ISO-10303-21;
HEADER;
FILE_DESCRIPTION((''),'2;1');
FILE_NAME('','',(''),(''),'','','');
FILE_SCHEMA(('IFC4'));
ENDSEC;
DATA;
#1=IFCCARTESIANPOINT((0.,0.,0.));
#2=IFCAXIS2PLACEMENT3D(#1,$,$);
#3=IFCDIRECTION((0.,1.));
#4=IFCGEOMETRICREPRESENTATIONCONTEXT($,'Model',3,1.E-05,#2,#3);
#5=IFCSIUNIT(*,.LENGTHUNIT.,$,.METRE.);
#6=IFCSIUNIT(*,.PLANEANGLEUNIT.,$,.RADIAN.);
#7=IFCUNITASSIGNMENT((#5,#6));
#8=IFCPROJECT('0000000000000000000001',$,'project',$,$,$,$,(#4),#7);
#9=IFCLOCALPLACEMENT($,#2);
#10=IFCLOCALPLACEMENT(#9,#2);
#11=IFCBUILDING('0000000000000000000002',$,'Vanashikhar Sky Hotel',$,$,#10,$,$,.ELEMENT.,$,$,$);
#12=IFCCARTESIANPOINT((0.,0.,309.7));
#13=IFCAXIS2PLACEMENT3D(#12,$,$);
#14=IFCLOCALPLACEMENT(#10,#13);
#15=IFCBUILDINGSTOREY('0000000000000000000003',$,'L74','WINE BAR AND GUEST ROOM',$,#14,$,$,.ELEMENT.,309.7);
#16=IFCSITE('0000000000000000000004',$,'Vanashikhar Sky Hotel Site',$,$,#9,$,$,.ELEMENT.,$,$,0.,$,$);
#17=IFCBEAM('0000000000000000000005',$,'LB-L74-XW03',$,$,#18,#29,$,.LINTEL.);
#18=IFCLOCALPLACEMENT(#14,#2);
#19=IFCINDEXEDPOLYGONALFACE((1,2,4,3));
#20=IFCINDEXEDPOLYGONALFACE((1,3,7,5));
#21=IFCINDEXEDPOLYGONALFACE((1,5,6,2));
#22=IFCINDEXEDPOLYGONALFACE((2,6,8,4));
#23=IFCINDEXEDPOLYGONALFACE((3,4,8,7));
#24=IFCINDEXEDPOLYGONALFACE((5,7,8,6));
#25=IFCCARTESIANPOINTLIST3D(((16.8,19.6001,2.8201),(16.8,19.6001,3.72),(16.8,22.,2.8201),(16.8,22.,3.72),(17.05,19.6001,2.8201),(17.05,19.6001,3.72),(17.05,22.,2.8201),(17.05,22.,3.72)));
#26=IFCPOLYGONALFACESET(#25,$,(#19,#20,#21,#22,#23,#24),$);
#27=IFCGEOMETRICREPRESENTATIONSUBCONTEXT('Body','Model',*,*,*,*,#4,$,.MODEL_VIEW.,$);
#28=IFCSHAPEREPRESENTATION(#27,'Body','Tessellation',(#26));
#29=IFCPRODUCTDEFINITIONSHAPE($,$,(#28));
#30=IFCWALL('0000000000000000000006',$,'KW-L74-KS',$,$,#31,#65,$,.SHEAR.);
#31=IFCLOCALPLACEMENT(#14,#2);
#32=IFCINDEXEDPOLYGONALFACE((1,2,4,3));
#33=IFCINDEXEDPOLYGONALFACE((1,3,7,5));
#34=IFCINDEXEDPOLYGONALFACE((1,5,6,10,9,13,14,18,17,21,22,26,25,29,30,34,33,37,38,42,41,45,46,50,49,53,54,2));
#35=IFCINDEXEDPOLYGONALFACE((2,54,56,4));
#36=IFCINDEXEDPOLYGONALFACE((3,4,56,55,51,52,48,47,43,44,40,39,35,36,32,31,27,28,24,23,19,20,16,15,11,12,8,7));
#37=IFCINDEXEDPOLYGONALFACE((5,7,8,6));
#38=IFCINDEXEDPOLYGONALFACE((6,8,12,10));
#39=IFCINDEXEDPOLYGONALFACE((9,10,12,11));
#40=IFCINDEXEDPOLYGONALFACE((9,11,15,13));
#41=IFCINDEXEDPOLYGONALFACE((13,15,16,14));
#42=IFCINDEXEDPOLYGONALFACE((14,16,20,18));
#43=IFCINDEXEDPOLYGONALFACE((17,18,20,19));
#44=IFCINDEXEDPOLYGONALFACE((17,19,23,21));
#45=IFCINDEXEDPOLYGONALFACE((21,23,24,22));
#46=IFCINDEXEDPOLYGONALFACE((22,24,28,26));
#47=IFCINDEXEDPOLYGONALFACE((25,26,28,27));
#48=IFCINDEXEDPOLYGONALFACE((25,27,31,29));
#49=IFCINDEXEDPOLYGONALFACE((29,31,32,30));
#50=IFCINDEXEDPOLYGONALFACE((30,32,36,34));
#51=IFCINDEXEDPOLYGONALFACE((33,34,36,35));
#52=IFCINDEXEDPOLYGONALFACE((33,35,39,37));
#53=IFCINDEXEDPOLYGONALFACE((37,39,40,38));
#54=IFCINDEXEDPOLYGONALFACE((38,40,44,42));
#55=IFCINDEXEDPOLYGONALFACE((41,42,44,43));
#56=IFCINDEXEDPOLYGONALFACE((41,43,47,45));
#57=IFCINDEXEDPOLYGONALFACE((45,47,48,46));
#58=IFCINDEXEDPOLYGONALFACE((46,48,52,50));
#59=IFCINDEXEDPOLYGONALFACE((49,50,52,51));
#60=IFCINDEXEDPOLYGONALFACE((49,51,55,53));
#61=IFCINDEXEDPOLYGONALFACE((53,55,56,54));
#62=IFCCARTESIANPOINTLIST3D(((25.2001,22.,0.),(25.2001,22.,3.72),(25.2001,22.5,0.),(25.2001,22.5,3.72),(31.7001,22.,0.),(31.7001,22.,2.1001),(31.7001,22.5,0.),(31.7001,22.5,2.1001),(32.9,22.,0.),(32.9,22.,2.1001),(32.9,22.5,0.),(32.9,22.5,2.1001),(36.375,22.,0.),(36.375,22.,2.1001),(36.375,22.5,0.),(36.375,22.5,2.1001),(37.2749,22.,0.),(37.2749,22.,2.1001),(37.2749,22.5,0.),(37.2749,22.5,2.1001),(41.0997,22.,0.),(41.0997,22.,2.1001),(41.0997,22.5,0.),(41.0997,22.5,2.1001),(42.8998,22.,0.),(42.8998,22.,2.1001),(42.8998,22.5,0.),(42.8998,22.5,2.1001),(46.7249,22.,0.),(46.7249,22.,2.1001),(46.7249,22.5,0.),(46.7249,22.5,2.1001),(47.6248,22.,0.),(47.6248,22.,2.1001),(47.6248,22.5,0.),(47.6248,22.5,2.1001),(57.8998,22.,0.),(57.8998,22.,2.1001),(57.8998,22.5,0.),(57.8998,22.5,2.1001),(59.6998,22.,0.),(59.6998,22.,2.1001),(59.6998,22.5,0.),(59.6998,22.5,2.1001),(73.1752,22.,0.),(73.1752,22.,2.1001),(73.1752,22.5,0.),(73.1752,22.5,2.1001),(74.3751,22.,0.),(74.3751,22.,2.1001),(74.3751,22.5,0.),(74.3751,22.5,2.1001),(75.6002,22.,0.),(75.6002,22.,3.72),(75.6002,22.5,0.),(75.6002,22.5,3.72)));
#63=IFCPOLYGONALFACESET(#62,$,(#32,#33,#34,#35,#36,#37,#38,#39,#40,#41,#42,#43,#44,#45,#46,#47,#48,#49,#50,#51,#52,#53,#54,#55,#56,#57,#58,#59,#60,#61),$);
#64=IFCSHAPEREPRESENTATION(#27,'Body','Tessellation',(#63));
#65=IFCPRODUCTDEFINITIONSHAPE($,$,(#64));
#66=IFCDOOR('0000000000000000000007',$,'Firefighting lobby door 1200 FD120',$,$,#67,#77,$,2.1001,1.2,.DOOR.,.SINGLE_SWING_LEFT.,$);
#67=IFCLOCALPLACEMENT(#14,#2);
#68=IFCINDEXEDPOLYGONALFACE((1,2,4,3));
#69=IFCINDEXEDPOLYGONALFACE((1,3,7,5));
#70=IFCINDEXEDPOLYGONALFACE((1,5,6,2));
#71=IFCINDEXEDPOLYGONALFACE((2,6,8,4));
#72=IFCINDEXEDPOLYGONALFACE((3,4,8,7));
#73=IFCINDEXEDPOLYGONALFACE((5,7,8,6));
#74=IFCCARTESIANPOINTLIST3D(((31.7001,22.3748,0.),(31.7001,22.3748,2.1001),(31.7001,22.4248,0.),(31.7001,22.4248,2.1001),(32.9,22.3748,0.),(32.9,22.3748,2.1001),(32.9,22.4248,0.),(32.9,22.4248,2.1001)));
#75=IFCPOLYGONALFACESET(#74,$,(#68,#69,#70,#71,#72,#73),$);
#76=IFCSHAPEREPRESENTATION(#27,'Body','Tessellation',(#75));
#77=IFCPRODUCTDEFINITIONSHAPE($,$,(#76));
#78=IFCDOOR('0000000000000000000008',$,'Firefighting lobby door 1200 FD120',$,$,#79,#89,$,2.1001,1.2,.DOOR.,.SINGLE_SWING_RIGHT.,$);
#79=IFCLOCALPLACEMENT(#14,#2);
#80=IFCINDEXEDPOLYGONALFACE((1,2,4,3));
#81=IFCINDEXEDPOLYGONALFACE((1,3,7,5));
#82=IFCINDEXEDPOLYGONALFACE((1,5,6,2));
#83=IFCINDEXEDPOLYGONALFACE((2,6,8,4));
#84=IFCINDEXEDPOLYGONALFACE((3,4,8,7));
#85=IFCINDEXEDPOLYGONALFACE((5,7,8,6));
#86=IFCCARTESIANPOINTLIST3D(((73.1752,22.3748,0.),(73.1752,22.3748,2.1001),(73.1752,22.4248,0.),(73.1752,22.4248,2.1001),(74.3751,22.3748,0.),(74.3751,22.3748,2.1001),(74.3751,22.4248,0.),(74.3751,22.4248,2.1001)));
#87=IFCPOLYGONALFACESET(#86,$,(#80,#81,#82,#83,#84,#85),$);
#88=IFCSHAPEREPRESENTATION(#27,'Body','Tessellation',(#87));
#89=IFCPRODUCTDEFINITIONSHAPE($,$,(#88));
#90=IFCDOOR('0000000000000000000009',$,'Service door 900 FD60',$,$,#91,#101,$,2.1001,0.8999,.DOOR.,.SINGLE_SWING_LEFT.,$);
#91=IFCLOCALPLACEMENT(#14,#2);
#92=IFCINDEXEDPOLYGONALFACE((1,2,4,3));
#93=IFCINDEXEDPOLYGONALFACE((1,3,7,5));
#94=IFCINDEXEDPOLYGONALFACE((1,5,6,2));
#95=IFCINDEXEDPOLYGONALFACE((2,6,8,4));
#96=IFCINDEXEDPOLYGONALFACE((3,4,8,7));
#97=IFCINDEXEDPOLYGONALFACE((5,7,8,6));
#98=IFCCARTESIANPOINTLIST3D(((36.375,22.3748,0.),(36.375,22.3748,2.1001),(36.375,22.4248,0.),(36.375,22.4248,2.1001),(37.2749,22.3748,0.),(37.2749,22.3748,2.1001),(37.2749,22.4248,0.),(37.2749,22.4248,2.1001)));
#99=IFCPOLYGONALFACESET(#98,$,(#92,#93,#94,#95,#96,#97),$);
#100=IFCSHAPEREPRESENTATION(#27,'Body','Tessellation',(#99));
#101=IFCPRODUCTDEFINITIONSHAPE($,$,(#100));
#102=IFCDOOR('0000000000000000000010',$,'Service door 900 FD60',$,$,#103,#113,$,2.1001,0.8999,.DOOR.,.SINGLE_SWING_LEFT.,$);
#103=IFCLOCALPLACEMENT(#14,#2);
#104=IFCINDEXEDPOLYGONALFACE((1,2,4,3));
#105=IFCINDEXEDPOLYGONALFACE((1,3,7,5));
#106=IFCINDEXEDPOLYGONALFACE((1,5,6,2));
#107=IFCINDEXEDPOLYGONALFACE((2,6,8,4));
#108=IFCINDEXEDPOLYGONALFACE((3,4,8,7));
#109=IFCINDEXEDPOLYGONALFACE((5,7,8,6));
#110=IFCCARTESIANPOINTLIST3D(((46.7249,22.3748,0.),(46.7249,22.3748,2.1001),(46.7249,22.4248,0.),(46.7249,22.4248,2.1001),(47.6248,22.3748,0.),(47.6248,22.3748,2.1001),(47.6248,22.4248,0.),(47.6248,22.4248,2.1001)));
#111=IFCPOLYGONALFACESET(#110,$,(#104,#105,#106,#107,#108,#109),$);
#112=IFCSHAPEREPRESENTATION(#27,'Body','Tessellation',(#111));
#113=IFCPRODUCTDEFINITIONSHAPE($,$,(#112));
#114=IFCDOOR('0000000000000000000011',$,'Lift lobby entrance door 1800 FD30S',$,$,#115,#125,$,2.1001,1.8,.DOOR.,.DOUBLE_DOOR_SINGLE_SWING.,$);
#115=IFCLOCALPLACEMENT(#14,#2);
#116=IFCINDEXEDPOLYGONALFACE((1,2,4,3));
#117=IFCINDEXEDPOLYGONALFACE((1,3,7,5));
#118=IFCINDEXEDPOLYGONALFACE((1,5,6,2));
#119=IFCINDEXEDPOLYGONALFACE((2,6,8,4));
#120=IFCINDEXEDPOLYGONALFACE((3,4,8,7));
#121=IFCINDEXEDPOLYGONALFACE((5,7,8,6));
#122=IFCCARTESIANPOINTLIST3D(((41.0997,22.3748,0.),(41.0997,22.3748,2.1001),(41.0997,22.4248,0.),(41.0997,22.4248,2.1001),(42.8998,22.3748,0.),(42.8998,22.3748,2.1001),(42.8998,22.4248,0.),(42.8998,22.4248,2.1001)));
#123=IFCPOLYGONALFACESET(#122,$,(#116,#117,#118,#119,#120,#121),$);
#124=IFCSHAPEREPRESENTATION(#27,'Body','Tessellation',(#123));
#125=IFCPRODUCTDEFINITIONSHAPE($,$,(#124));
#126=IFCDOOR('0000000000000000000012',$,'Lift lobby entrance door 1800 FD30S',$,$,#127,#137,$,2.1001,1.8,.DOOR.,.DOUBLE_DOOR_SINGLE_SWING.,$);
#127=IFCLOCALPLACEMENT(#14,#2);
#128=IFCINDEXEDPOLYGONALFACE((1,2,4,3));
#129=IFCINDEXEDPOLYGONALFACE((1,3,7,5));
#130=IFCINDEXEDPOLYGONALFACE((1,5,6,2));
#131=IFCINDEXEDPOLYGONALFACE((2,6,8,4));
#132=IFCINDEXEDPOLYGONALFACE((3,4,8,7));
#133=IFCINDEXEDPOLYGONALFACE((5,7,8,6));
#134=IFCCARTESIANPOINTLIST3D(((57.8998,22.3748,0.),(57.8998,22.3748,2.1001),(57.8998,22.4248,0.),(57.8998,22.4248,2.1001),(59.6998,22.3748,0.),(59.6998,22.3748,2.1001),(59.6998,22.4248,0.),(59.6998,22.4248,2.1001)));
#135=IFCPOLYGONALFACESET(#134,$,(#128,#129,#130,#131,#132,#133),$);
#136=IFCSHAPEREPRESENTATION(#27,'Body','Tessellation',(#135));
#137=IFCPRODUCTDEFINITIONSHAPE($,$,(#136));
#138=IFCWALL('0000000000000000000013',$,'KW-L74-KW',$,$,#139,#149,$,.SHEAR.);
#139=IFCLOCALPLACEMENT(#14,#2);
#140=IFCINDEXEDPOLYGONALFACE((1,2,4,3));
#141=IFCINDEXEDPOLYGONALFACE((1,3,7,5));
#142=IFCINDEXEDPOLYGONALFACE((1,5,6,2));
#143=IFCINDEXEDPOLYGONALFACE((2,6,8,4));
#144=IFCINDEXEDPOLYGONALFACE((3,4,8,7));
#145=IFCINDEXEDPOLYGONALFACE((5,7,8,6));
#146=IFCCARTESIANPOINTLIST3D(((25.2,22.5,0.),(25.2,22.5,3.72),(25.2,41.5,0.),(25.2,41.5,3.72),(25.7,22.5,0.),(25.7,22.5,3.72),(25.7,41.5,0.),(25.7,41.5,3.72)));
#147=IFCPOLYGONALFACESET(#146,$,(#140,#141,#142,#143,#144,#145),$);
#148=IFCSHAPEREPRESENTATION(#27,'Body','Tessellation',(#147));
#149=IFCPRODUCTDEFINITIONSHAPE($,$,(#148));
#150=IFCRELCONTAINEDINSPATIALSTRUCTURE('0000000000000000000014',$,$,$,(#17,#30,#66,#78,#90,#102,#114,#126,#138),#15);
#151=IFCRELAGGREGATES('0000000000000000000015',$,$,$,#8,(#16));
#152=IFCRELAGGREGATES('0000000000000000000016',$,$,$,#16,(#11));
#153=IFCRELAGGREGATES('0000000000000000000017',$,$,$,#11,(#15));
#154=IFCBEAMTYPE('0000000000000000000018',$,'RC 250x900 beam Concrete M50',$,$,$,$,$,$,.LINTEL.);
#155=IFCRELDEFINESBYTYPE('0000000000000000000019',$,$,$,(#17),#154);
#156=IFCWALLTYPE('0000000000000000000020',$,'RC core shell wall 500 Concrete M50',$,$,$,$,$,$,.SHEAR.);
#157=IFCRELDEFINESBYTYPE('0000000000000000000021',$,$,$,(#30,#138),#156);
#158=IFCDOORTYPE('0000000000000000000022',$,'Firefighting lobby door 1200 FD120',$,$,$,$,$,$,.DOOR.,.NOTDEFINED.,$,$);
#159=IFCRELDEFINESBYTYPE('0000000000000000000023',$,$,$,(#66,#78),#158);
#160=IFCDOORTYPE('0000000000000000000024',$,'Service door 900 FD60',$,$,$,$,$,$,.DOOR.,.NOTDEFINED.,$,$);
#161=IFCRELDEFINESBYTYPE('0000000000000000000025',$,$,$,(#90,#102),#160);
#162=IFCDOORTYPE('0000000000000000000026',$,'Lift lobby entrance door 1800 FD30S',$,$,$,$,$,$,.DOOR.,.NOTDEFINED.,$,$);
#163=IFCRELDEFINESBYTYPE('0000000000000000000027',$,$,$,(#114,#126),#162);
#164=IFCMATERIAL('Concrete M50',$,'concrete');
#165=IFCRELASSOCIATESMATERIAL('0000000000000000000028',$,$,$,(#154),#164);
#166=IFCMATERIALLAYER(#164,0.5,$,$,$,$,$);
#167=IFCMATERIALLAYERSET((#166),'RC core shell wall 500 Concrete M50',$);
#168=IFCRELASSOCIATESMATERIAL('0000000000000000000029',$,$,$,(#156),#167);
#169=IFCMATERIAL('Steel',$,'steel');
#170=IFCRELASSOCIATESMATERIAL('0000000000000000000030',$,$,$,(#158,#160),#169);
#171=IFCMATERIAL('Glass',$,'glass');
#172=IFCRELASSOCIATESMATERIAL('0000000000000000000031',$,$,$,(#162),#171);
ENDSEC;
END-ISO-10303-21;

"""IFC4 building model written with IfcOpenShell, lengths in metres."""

from ifc_helpers import new_model, si_unit, direction, frame, frame_2d, origin, origin_2d, place, context, subcontext, project, spatial, rectangle, extrude, source, transform, mapped, material, layer, layer_set, material_profile, profile_set, type_object, element, fill, save


model = new_model("IFC4")

# Units and contexts
model_context = context("Model", 3, precision=1e-05, world=origin(), true_north=direction((0.0, 1.0)))
body_context = subcontext(model_context, "Body", "Model", "MODEL_VIEW")
ifc_project = project(units=[si_unit("LENGTHUNIT", "METRE"), si_unit("PLANEANGLEUNIT", "RADIAN")], contexts=[model_context])

# Site, building, storey
site_placement = place(None, origin())
site = spatial("IfcSite", under=ifc_project, at=site_placement, Name="Vanashikhar Sky Hotel Site", CompositionType="ELEMENT", RefElevation=0.0)
building_placement = place(site_placement, origin())
building = spatial("IfcBuilding", under=site, at=building_placement, Name="Vanashikhar Sky Hotel", CompositionType="ELEMENT")
storey_placement = place(building_placement, frame((0.0, 0.0, 309.7)))
storey = spatial("IfcBuildingStorey", under=building, at=storey_placement, Name="L74", Description="WINE BAR AND GUEST ROOM", CompositionType="ELEMENT", Elevation=309.7)

# Beam
ifc_material_1 = material(Name="Concrete M50", Category="concrete")
ifc_material_profile = material_profile(ifc_material_1, rectangle(XDim=0.25, YDim=0.8999, at=origin_2d()))
ifc_profile_set = profile_set([ifc_material_profile], Name="RC 250x900 beam Concrete M50")
beam_type = type_object("IfcBeamType", Name="RC 250x900 beam Concrete M50", PredefinedType="LINTEL", material=ifc_profile_set)
shared_shape_1 = source(origin(), body_context, "Body", "SweptSolid", [
    extrude(rectangle(XDim=0.25, YDim=0.8999, at=origin_2d()), origin(), (0.0, 0.0, 1.0), 2.3999),
])
beam_placement = place(storey_placement, frame((16.925, 19.6001, 3.27), z_axis=(0.0, 1.0, 0.0), x_axis=(-1.0, 0.0, 0.0)))
element("IfcBeam", 1, at=beam_placement, inside=storey, type_object=beam_type, Name="LB-L74-XW03", PredefinedType="LINTEL", context=body_context, shape_type="MappedRepresentation", body=[
    mapped(shared_shape_1, transform((0.0, 0.0, 0.0), scale=1.0)),
])

# Wall, openings, doors
ifc_layer_1 = layer(ifc_material_1, 0.5)
ifc_layer_set_1 = layer_set([ifc_layer_1], Name="RC core shell wall 500 Concrete M50")
wall_type_1 = type_object("IfcWallType", Name="RC core shell wall 500 Concrete M50", PredefinedType="SHEAR", material=ifc_layer_set_1)
shared_shape_2 = source(origin(), body_context, "Body", "SweptSolid", [
    extrude(rectangle(XDim=50.4001, YDim=0.5, at=frame_2d((25.2002, 0.0))), origin(), (0.0, 0.0, 1.0), 3.72),
])
wall_1_placement = place(storey_placement, frame((25.2, 22.25, 0.0), z_axis=(0.0, 0.0, 1.0), x_axis=(1.0, 0.0, 0.0)))
wall_1 = element("IfcWall", 2, at=wall_1_placement, inside=storey, type_object=wall_type_1, Name="KW-L74-KS", PredefinedType="SHEAR", context=body_context, shape_type="MappedRepresentation", body=[
    mapped(shared_shape_2, transform((0.0, 0.0, 0.0), scale=1.0)),
])
shared_shape_3 = source(origin(), body_context, "Body", "SweptSolid", [
    extrude(rectangle(XDim=1.8, YDim=2.1001, at=frame_2d((0.8999, 1.05))), frame((0.0, 0.26, 0.0), z_axis=(0.0, -1.0, 0.0), x_axis=(1.0, 0.0, 0.0)), (0.0, 0.0, 1.0), 0.52),
])
opening_1_placement = place(wall_1_placement, frame((15.8999, 0.0, 0.0)))
opening_1 = element("IfcOpeningElement", 3, at=opening_1_placement, cuts=wall_1, PredefinedType="OPENING", context=body_context, shape_type="MappedRepresentation", body=[
    mapped(shared_shape_3, transform((0.0, 0.0, 0.0), scale=1.0)),
])
shared_shape_4 = source(origin(), body_context, "Body", "SweptSolid", [
    extrude(rectangle(XDim=0.8999, YDim=2.1001, at=frame_2d((0.45, 1.05))), frame((0.0, 0.26, 0.0), z_axis=(0.0, -1.0, 0.0), x_axis=(1.0, 0.0, 0.0)), (0.0, 0.0, 1.0), 0.52),
])
opening_2_placement = place(wall_1_placement, frame((11.175, 0.0, 0.0)))
opening_2 = element("IfcOpeningElement", 4, at=opening_2_placement, cuts=wall_1, PredefinedType="OPENING", context=body_context, shape_type="MappedRepresentation", body=[
    mapped(shared_shape_4, transform((0.0, 0.0, 0.0), scale=1.0)),
])
opening_3_placement = place(wall_1_placement, frame((21.5249, 0.0, 0.0)))
opening_3 = element("IfcOpeningElement", 5, at=opening_3_placement, cuts=wall_1, PredefinedType="OPENING", context=body_context, shape_type="MappedRepresentation", body=[
    mapped(shared_shape_4, transform((0.0, 0.0, 0.0), scale=1.0)),
])
opening_4_placement = place(wall_1_placement, frame((32.7, 0.0, 0.0)))
opening_4 = element("IfcOpeningElement", 6, at=opening_4_placement, cuts=wall_1, PredefinedType="OPENING", context=body_context, shape_type="MappedRepresentation", body=[
    mapped(shared_shape_3, transform((0.0, 0.0, 0.0), scale=1.0)),
])
shared_shape_5 = source(origin(), body_context, "Body", "SweptSolid", [
    extrude(rectangle(XDim=1.2, YDim=2.1001, at=frame_2d((0.6001, 1.05))), frame((0.0, 0.26, 0.0), z_axis=(0.0, -1.0, 0.0), x_axis=(1.0, 0.0, 0.0)), (0.0, 0.0, 1.0), 0.52),
])
opening_5_placement = place(wall_1_placement, frame((6.5, 0.0, 0.0)))
opening_5 = element("IfcOpeningElement", 7, at=opening_5_placement, cuts=wall_1, PredefinedType="OPENING", context=body_context, shape_type="MappedRepresentation", body=[
    mapped(shared_shape_5, transform((0.0, 0.0, 0.0), scale=1.0)),
])
opening_6_placement = place(wall_1_placement, frame((47.9751, 0.0, 0.0)))
opening_6 = element("IfcOpeningElement", 8, at=opening_6_placement, cuts=wall_1, PredefinedType="OPENING", context=body_context, shape_type="MappedRepresentation", body=[
    mapped(shared_shape_5, transform((0.0, 0.0, 0.0), scale=1.0)),
])
ifc_material_2 = material(Name="Steel", Category="steel")
door_type_1 = type_object("IfcDoorType", Name="Firefighting lobby door 1200 FD120", OperationType="NOTDEFINED", PredefinedType="DOOR", material=ifc_material_2)
shared_shape_6 = source(origin(), body_context, "Body", "SweptSolid", [
    extrude(rectangle(XDim=1.2, YDim=2.1001, at=frame_2d((0.6001, 1.05))), frame((0.0, 0.1748, 0.0), z_axis=(0.0, -1.0, 0.0), x_axis=(1.0, 0.0, 0.0)), (0.0, 0.0, 1.0), 0.05),
])
door_1_placement = place(opening_5_placement, origin())
door_1 = element("IfcDoor", 9, at=door_1_placement, inside=storey, type_object=door_type_1, Name="Firefighting lobby door 1200 FD120", OperationType="SINGLE_SWING_LEFT", OverallHeight=2.1001, OverallWidth=1.2, PredefinedType="DOOR", context=body_context, shape_type="MappedRepresentation", body=[
    mapped(shared_shape_6, transform((0.0, 0.0, 0.0), scale=1.0)),
])
fill(opening_5, door_1)
door_2_placement = place(opening_6_placement, origin())
door_2 = element("IfcDoor", 10, at=door_2_placement, inside=storey, type_object=door_type_1, Name="Firefighting lobby door 1200 FD120", OperationType="SINGLE_SWING_RIGHT", OverallHeight=2.1001, OverallWidth=1.2, PredefinedType="DOOR", context=body_context, shape_type="MappedRepresentation", body=[
    mapped(shared_shape_6, transform((0.0, 0.0, 0.0), scale=1.0)),
])
fill(opening_6, door_2)
door_type_2 = type_object("IfcDoorType", Name="Service door 900 FD60", OperationType="NOTDEFINED", PredefinedType="DOOR", material=ifc_material_2)
shared_shape_7 = source(origin(), body_context, "Body", "SweptSolid", [
    extrude(rectangle(XDim=0.8999, YDim=2.1001, at=frame_2d((0.45, 1.05))), frame((0.0, 0.1748, 0.0), z_axis=(0.0, -1.0, 0.0), x_axis=(1.0, 0.0, 0.0)), (0.0, 0.0, 1.0), 0.05),
])
door_3_placement = place(opening_2_placement, origin())
door_3 = element("IfcDoor", 11, at=door_3_placement, inside=storey, type_object=door_type_2, Name="Service door 900 FD60", OperationType="SINGLE_SWING_LEFT", OverallHeight=2.1001, OverallWidth=0.8999, PredefinedType="DOOR", context=body_context, shape_type="MappedRepresentation", body=[
    mapped(shared_shape_7, transform((0.0, 0.0, 0.0), scale=1.0)),
])
fill(opening_2, door_3)
door_4_placement = place(opening_3_placement, origin())
door_4 = element("IfcDoor", 12, at=door_4_placement, inside=storey, type_object=door_type_2, Name="Service door 900 FD60", OperationType="SINGLE_SWING_LEFT", OverallHeight=2.1001, OverallWidth=0.8999, PredefinedType="DOOR", context=body_context, shape_type="MappedRepresentation", body=[
    mapped(shared_shape_7, transform((0.0, 0.0, 0.0), scale=1.0)),
])
fill(opening_3, door_4)
ifc_material_3 = material(Name="Glass", Category="glass")
door_type_3 = type_object("IfcDoorType", Name="Lift lobby entrance door 1800 FD30S", OperationType="NOTDEFINED", PredefinedType="DOOR", material=ifc_material_3)
shared_shape_8 = source(origin(), body_context, "Body", "SweptSolid", [
    extrude(rectangle(XDim=1.8, YDim=2.1001, at=frame_2d((0.8999, 1.05))), frame((0.0, 0.1748, 0.0), z_axis=(0.0, -1.0, 0.0), x_axis=(1.0, 0.0, 0.0)), (0.0, 0.0, 1.0), 0.05),
])
door_5_placement = place(opening_1_placement, origin())
door_5 = element("IfcDoor", 13, at=door_5_placement, inside=storey, type_object=door_type_3, Name="Lift lobby entrance door 1800 FD30S", OperationType="DOUBLE_DOOR_SINGLE_SWING", OverallHeight=2.1001, OverallWidth=1.8, PredefinedType="DOOR", context=body_context, shape_type="MappedRepresentation", body=[
    mapped(shared_shape_8, transform((0.0, 0.0, 0.0), scale=1.0)),
])
fill(opening_1, door_5)
door_6_placement = place(opening_4_placement, origin())
door_6 = element("IfcDoor", 14, at=door_6_placement, inside=storey, type_object=door_type_3, Name="Lift lobby entrance door 1800 FD30S", OperationType="DOUBLE_DOOR_SINGLE_SWING", OverallHeight=2.1001, OverallWidth=1.8, PredefinedType="DOOR", context=body_context, shape_type="MappedRepresentation", body=[
    mapped(shared_shape_8, transform((0.0, 0.0, 0.0), scale=1.0)),
])
fill(opening_4, door_6)

# Wall
shared_shape_9 = source(origin(), body_context, "Body", "SweptSolid", [
    extrude(rectangle(XDim=19.0, YDim=0.5, at=frame_2d((9.5, 0.0))), origin(), (0.0, 0.0, 1.0), 3.72),
])
wall_2_placement = place(storey_placement, frame((25.45, 22.5, 0.0), z_axis=(0.0, 0.0, 1.0), x_axis=(0.0, 1.0, 0.0)))
element("IfcWall", 15, at=wall_2_placement, inside=storey, type_object=wall_type_1, Name="KW-L74-KW", PredefinedType="SHEAR", context=body_context, shape_type="MappedRepresentation", body=[
    mapped(shared_shape_9, transform((0.0, 0.0, 0.0), scale=1.0)),
])

save(model, "model.ifc")
